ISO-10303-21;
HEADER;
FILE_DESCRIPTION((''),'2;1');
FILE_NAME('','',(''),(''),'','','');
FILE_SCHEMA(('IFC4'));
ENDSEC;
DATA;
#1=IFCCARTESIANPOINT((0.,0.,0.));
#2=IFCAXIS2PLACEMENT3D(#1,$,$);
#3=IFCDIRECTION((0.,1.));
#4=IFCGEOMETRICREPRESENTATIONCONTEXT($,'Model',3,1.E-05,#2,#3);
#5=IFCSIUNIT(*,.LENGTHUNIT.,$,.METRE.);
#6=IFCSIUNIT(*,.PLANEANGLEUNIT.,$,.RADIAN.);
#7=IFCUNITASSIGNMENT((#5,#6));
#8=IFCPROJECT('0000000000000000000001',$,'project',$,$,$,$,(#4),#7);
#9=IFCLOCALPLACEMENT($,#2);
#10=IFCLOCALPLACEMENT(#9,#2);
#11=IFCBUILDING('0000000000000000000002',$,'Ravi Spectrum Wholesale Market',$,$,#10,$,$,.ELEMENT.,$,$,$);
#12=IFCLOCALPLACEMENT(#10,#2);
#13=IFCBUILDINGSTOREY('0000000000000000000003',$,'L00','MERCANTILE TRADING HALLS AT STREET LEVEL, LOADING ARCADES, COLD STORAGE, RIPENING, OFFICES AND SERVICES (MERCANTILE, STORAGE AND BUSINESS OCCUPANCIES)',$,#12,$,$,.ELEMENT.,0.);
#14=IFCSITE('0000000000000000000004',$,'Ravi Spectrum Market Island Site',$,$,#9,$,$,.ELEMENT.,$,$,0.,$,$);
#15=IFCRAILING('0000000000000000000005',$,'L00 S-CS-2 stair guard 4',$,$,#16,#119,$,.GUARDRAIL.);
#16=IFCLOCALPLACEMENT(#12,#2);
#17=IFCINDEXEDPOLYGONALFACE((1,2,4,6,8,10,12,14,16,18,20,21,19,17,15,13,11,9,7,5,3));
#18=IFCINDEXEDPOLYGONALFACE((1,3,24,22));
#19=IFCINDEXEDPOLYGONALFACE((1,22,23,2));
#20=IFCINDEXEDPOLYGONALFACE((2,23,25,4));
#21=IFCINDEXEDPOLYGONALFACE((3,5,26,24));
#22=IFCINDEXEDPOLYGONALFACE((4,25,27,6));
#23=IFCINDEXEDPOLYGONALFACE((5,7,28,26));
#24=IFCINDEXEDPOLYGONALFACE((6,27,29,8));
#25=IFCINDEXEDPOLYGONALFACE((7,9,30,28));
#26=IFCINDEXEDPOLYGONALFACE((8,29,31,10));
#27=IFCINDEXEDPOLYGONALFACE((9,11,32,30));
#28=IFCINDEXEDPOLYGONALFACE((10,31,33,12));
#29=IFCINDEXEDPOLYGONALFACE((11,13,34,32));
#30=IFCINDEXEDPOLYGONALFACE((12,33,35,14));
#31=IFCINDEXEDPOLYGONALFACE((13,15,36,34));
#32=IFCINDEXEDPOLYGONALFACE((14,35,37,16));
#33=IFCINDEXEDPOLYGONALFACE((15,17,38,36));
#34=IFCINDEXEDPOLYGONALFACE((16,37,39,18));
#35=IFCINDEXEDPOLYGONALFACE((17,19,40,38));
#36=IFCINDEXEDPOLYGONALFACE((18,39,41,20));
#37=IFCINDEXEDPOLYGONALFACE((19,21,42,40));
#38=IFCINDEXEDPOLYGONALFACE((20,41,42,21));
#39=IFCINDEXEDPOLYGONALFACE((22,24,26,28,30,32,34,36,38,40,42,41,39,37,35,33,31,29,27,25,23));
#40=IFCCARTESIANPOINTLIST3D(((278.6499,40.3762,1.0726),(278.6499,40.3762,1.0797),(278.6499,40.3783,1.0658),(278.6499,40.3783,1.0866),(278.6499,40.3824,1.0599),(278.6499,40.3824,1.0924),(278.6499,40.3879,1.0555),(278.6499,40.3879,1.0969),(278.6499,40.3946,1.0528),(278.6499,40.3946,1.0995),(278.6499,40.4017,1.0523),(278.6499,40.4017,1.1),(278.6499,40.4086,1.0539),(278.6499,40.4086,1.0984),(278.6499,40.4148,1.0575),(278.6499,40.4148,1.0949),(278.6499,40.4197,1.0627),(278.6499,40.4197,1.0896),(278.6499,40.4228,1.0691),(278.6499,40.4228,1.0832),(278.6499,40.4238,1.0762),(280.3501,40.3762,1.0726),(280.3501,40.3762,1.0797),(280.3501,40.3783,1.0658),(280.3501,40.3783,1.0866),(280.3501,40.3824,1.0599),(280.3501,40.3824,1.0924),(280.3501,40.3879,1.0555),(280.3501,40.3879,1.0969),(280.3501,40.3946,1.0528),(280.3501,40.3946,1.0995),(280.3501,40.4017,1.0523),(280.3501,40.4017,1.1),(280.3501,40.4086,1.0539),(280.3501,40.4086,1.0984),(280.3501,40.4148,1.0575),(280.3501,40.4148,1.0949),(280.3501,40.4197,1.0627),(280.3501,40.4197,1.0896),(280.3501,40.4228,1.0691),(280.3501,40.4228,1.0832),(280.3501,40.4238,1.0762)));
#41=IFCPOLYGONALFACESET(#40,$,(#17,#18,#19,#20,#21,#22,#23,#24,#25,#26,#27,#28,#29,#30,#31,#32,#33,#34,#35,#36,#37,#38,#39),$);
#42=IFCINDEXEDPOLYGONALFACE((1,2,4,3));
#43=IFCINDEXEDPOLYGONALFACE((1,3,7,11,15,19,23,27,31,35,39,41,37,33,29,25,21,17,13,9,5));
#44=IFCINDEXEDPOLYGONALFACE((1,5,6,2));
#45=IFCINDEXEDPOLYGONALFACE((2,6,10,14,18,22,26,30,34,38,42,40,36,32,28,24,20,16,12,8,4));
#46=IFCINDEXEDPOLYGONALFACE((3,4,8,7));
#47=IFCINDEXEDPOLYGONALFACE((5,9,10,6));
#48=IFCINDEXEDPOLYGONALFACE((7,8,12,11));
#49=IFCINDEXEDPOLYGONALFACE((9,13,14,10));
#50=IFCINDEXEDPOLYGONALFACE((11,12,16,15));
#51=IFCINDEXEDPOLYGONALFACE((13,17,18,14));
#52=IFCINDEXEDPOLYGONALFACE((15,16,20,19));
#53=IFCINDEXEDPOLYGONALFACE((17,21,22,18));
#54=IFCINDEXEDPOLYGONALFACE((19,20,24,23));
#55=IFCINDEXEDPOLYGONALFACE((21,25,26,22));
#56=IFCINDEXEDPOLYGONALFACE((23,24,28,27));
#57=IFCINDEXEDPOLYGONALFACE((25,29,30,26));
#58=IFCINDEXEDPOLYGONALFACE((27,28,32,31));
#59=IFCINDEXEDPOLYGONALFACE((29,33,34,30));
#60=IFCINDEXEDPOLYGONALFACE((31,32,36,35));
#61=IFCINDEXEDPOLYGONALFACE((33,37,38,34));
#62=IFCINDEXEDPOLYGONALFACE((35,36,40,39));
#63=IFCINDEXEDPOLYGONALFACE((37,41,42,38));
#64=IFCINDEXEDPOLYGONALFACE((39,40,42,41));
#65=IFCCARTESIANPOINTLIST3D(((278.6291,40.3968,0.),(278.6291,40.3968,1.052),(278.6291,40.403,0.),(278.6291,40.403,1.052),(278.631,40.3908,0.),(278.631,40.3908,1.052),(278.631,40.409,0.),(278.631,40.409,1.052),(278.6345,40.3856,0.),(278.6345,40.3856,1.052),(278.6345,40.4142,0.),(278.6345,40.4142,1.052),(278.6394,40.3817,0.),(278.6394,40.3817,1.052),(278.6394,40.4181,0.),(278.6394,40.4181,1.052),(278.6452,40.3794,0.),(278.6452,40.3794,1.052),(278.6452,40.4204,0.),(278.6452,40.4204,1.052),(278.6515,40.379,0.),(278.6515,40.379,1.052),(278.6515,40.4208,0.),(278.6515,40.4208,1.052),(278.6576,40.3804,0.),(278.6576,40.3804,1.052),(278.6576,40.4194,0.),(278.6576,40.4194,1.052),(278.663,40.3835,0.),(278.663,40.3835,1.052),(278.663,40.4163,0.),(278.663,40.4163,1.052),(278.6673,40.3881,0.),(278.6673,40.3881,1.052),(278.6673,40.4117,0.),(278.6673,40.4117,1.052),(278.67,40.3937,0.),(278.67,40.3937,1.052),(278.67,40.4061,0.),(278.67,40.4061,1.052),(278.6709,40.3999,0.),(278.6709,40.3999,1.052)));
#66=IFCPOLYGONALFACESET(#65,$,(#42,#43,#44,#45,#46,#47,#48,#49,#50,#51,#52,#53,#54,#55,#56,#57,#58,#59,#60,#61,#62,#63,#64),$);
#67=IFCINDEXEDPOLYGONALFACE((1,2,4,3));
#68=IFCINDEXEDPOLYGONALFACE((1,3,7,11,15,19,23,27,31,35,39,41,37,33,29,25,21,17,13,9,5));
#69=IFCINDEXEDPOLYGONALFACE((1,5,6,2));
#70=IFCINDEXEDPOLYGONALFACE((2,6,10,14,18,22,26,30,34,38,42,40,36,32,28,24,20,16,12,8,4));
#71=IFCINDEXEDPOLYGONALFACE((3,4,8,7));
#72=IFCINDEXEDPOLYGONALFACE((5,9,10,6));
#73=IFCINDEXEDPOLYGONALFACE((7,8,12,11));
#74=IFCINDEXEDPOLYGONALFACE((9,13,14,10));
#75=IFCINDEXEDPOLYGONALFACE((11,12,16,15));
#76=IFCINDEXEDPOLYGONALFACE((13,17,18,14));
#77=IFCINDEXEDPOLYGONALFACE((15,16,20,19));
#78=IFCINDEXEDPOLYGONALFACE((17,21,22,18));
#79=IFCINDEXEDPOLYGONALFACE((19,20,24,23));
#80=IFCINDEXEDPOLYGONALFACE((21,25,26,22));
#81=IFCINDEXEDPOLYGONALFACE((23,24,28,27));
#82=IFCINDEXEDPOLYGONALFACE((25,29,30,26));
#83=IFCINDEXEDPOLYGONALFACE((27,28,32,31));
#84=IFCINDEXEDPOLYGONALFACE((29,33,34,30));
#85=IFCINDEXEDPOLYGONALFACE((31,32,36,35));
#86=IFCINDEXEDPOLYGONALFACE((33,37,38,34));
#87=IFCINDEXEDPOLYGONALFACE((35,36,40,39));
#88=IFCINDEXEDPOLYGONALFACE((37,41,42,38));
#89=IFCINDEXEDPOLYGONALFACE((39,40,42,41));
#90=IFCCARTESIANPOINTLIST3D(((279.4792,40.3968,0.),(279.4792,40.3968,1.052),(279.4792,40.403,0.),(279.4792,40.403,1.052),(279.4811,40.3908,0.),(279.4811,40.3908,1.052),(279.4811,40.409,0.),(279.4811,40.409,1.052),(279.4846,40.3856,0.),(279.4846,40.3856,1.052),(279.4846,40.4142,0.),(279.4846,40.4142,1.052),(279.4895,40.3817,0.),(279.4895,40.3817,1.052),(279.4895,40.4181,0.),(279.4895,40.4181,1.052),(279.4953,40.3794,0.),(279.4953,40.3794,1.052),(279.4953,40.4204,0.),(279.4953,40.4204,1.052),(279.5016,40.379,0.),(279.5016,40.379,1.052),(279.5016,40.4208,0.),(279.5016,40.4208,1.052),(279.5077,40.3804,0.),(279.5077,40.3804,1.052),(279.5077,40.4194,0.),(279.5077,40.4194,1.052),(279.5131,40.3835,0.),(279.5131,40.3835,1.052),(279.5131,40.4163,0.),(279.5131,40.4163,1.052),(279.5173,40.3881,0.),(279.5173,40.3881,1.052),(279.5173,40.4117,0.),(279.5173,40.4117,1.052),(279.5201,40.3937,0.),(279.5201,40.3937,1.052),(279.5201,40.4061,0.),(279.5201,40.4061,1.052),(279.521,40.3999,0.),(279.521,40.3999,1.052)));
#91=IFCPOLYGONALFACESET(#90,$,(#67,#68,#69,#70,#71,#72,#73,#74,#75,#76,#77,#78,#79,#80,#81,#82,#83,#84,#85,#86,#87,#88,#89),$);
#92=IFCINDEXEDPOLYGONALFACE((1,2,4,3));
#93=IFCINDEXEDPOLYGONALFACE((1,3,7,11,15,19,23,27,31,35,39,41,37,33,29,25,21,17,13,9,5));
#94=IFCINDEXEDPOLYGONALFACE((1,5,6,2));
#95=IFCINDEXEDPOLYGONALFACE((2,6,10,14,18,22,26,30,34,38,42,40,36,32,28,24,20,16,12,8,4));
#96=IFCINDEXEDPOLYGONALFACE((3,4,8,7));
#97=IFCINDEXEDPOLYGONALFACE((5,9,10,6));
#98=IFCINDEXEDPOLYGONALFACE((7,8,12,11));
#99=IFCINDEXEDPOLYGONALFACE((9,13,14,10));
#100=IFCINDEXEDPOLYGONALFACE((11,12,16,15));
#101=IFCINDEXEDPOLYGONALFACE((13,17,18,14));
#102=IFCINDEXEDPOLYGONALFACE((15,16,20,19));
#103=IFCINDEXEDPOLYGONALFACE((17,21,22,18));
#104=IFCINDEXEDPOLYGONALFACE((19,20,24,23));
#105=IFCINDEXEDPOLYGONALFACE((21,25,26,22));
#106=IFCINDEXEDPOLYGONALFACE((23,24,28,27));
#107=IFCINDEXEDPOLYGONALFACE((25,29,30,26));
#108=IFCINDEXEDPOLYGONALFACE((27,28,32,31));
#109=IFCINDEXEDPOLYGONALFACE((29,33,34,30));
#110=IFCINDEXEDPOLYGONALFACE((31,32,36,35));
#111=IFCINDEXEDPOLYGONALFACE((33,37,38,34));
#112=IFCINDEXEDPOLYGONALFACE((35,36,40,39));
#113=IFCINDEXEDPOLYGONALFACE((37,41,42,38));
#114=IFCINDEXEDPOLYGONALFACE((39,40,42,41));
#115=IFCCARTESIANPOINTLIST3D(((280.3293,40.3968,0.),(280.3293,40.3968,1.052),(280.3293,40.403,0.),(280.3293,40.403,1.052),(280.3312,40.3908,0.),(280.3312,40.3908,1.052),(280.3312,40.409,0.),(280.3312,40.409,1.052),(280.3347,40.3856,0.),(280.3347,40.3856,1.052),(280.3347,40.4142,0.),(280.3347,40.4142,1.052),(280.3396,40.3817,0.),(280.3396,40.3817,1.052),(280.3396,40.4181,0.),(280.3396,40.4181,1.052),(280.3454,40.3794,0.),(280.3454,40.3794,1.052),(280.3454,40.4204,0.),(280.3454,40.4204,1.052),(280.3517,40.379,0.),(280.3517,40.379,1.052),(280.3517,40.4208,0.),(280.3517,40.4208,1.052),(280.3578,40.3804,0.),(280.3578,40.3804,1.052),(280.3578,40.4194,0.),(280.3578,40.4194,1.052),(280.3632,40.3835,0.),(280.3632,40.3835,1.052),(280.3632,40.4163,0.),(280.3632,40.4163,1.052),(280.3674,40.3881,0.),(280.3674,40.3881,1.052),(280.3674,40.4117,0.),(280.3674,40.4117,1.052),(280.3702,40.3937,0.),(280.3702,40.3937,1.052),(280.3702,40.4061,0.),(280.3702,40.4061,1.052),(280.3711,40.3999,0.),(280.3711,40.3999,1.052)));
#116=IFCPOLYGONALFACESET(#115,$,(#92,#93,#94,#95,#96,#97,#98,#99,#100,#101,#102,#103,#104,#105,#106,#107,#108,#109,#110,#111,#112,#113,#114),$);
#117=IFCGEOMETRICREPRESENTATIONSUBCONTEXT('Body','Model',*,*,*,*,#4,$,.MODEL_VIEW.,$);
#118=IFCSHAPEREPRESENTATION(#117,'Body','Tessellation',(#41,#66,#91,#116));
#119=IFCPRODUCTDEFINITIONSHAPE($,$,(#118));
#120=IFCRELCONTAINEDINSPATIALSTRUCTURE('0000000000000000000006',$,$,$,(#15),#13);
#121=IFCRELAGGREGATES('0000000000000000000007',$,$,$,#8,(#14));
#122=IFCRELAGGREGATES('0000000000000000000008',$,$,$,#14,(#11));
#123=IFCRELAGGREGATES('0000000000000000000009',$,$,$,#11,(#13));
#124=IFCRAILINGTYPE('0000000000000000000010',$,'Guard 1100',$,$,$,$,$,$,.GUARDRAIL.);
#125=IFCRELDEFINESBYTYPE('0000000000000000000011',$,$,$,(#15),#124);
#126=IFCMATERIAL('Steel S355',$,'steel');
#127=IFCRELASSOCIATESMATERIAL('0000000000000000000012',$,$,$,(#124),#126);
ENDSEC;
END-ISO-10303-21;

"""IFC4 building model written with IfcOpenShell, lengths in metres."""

from ifc_helpers import new_model, si_unit, direction, frame, origin, origin_2d, place, context, subcontext, project, spatial, circle, extrude, material, type_object, element, save


model = new_model("IFC4")

# Units and contexts
model_context = context("Model", 3, precision=1e-05, world=origin(), true_north=direction((0.0, 1.0)))
body_context = subcontext(model_context, "Body", "Model", "MODEL_VIEW")
ifc_project = project(units=[si_unit("LENGTHUNIT", "METRE"), si_unit("PLANEANGLEUNIT", "RADIAN")], contexts=[model_context])

# Site, building, storey
site_placement = place(None, origin())
site = spatial("IfcSite", under=ifc_project, at=site_placement, Name="Ravi Spectrum Market Island Site", CompositionType="ELEMENT", RefElevation=0.0)
building_placement = place(site_placement, origin())
building = spatial("IfcBuilding", under=site, at=building_placement, Name="Ravi Spectrum Wholesale Market", CompositionType="ELEMENT")
storey_placement = place(building_placement, origin())
storey = spatial("IfcBuildingStorey", under=building, at=storey_placement, Name="L00", Description="MERCANTILE TRADING HALLS AT STREET LEVEL, LOADING ARCADES, COLD STORAGE, RIPENING, OFFICES AND SERVICES (MERCANTILE, STORAGE AND BUSINESS OCCUPANCIES)", CompositionType="ELEMENT", Elevation=0.0)

# Railing
ifc_material_1 = material(Name="Steel S355", Category="steel")
railing_type_1 = type_object("IfcRailingType", Name="Guard 1100", PredefinedType="GUARDRAIL", material=ifc_material_1)
railing_1_placement = place(storey_placement, frame((278.6499, 40.3999, 0.0)))
element("IfcRailing", 1, at=railing_1_placement, inside=storey, type_object=railing_type_1, Name="L00 S-CS-2 stair guard 4", PredefinedType="GUARDRAIL", context=body_context, shape_type="SweptSolid", body=[
    extrude(circle(Radius=0.0239, at=origin_2d()), frame((0.0, 0.0, 1.0762), z_axis=(1.0, 0.0, 0.0), x_axis=(0.0, 1.0, 0.0)), (0.0, 0.0, 1.0), 1.7002),
    extrude(circle(Radius=0.021, at=origin_2d()), origin(), (0.0, 0.0, 1.0), 1.052),
    extrude(circle(Radius=0.021, at=origin_2d()), frame((0.8501, 0.0, 0.0)), (0.0, 0.0, 1.0), 1.052),
    extrude(circle(Radius=0.021, at=origin_2d()), frame((1.7002, 0.0, 0.0)), (0.0, 0.0, 1.0), 1.052),
])

save(model, "model.ifc")
